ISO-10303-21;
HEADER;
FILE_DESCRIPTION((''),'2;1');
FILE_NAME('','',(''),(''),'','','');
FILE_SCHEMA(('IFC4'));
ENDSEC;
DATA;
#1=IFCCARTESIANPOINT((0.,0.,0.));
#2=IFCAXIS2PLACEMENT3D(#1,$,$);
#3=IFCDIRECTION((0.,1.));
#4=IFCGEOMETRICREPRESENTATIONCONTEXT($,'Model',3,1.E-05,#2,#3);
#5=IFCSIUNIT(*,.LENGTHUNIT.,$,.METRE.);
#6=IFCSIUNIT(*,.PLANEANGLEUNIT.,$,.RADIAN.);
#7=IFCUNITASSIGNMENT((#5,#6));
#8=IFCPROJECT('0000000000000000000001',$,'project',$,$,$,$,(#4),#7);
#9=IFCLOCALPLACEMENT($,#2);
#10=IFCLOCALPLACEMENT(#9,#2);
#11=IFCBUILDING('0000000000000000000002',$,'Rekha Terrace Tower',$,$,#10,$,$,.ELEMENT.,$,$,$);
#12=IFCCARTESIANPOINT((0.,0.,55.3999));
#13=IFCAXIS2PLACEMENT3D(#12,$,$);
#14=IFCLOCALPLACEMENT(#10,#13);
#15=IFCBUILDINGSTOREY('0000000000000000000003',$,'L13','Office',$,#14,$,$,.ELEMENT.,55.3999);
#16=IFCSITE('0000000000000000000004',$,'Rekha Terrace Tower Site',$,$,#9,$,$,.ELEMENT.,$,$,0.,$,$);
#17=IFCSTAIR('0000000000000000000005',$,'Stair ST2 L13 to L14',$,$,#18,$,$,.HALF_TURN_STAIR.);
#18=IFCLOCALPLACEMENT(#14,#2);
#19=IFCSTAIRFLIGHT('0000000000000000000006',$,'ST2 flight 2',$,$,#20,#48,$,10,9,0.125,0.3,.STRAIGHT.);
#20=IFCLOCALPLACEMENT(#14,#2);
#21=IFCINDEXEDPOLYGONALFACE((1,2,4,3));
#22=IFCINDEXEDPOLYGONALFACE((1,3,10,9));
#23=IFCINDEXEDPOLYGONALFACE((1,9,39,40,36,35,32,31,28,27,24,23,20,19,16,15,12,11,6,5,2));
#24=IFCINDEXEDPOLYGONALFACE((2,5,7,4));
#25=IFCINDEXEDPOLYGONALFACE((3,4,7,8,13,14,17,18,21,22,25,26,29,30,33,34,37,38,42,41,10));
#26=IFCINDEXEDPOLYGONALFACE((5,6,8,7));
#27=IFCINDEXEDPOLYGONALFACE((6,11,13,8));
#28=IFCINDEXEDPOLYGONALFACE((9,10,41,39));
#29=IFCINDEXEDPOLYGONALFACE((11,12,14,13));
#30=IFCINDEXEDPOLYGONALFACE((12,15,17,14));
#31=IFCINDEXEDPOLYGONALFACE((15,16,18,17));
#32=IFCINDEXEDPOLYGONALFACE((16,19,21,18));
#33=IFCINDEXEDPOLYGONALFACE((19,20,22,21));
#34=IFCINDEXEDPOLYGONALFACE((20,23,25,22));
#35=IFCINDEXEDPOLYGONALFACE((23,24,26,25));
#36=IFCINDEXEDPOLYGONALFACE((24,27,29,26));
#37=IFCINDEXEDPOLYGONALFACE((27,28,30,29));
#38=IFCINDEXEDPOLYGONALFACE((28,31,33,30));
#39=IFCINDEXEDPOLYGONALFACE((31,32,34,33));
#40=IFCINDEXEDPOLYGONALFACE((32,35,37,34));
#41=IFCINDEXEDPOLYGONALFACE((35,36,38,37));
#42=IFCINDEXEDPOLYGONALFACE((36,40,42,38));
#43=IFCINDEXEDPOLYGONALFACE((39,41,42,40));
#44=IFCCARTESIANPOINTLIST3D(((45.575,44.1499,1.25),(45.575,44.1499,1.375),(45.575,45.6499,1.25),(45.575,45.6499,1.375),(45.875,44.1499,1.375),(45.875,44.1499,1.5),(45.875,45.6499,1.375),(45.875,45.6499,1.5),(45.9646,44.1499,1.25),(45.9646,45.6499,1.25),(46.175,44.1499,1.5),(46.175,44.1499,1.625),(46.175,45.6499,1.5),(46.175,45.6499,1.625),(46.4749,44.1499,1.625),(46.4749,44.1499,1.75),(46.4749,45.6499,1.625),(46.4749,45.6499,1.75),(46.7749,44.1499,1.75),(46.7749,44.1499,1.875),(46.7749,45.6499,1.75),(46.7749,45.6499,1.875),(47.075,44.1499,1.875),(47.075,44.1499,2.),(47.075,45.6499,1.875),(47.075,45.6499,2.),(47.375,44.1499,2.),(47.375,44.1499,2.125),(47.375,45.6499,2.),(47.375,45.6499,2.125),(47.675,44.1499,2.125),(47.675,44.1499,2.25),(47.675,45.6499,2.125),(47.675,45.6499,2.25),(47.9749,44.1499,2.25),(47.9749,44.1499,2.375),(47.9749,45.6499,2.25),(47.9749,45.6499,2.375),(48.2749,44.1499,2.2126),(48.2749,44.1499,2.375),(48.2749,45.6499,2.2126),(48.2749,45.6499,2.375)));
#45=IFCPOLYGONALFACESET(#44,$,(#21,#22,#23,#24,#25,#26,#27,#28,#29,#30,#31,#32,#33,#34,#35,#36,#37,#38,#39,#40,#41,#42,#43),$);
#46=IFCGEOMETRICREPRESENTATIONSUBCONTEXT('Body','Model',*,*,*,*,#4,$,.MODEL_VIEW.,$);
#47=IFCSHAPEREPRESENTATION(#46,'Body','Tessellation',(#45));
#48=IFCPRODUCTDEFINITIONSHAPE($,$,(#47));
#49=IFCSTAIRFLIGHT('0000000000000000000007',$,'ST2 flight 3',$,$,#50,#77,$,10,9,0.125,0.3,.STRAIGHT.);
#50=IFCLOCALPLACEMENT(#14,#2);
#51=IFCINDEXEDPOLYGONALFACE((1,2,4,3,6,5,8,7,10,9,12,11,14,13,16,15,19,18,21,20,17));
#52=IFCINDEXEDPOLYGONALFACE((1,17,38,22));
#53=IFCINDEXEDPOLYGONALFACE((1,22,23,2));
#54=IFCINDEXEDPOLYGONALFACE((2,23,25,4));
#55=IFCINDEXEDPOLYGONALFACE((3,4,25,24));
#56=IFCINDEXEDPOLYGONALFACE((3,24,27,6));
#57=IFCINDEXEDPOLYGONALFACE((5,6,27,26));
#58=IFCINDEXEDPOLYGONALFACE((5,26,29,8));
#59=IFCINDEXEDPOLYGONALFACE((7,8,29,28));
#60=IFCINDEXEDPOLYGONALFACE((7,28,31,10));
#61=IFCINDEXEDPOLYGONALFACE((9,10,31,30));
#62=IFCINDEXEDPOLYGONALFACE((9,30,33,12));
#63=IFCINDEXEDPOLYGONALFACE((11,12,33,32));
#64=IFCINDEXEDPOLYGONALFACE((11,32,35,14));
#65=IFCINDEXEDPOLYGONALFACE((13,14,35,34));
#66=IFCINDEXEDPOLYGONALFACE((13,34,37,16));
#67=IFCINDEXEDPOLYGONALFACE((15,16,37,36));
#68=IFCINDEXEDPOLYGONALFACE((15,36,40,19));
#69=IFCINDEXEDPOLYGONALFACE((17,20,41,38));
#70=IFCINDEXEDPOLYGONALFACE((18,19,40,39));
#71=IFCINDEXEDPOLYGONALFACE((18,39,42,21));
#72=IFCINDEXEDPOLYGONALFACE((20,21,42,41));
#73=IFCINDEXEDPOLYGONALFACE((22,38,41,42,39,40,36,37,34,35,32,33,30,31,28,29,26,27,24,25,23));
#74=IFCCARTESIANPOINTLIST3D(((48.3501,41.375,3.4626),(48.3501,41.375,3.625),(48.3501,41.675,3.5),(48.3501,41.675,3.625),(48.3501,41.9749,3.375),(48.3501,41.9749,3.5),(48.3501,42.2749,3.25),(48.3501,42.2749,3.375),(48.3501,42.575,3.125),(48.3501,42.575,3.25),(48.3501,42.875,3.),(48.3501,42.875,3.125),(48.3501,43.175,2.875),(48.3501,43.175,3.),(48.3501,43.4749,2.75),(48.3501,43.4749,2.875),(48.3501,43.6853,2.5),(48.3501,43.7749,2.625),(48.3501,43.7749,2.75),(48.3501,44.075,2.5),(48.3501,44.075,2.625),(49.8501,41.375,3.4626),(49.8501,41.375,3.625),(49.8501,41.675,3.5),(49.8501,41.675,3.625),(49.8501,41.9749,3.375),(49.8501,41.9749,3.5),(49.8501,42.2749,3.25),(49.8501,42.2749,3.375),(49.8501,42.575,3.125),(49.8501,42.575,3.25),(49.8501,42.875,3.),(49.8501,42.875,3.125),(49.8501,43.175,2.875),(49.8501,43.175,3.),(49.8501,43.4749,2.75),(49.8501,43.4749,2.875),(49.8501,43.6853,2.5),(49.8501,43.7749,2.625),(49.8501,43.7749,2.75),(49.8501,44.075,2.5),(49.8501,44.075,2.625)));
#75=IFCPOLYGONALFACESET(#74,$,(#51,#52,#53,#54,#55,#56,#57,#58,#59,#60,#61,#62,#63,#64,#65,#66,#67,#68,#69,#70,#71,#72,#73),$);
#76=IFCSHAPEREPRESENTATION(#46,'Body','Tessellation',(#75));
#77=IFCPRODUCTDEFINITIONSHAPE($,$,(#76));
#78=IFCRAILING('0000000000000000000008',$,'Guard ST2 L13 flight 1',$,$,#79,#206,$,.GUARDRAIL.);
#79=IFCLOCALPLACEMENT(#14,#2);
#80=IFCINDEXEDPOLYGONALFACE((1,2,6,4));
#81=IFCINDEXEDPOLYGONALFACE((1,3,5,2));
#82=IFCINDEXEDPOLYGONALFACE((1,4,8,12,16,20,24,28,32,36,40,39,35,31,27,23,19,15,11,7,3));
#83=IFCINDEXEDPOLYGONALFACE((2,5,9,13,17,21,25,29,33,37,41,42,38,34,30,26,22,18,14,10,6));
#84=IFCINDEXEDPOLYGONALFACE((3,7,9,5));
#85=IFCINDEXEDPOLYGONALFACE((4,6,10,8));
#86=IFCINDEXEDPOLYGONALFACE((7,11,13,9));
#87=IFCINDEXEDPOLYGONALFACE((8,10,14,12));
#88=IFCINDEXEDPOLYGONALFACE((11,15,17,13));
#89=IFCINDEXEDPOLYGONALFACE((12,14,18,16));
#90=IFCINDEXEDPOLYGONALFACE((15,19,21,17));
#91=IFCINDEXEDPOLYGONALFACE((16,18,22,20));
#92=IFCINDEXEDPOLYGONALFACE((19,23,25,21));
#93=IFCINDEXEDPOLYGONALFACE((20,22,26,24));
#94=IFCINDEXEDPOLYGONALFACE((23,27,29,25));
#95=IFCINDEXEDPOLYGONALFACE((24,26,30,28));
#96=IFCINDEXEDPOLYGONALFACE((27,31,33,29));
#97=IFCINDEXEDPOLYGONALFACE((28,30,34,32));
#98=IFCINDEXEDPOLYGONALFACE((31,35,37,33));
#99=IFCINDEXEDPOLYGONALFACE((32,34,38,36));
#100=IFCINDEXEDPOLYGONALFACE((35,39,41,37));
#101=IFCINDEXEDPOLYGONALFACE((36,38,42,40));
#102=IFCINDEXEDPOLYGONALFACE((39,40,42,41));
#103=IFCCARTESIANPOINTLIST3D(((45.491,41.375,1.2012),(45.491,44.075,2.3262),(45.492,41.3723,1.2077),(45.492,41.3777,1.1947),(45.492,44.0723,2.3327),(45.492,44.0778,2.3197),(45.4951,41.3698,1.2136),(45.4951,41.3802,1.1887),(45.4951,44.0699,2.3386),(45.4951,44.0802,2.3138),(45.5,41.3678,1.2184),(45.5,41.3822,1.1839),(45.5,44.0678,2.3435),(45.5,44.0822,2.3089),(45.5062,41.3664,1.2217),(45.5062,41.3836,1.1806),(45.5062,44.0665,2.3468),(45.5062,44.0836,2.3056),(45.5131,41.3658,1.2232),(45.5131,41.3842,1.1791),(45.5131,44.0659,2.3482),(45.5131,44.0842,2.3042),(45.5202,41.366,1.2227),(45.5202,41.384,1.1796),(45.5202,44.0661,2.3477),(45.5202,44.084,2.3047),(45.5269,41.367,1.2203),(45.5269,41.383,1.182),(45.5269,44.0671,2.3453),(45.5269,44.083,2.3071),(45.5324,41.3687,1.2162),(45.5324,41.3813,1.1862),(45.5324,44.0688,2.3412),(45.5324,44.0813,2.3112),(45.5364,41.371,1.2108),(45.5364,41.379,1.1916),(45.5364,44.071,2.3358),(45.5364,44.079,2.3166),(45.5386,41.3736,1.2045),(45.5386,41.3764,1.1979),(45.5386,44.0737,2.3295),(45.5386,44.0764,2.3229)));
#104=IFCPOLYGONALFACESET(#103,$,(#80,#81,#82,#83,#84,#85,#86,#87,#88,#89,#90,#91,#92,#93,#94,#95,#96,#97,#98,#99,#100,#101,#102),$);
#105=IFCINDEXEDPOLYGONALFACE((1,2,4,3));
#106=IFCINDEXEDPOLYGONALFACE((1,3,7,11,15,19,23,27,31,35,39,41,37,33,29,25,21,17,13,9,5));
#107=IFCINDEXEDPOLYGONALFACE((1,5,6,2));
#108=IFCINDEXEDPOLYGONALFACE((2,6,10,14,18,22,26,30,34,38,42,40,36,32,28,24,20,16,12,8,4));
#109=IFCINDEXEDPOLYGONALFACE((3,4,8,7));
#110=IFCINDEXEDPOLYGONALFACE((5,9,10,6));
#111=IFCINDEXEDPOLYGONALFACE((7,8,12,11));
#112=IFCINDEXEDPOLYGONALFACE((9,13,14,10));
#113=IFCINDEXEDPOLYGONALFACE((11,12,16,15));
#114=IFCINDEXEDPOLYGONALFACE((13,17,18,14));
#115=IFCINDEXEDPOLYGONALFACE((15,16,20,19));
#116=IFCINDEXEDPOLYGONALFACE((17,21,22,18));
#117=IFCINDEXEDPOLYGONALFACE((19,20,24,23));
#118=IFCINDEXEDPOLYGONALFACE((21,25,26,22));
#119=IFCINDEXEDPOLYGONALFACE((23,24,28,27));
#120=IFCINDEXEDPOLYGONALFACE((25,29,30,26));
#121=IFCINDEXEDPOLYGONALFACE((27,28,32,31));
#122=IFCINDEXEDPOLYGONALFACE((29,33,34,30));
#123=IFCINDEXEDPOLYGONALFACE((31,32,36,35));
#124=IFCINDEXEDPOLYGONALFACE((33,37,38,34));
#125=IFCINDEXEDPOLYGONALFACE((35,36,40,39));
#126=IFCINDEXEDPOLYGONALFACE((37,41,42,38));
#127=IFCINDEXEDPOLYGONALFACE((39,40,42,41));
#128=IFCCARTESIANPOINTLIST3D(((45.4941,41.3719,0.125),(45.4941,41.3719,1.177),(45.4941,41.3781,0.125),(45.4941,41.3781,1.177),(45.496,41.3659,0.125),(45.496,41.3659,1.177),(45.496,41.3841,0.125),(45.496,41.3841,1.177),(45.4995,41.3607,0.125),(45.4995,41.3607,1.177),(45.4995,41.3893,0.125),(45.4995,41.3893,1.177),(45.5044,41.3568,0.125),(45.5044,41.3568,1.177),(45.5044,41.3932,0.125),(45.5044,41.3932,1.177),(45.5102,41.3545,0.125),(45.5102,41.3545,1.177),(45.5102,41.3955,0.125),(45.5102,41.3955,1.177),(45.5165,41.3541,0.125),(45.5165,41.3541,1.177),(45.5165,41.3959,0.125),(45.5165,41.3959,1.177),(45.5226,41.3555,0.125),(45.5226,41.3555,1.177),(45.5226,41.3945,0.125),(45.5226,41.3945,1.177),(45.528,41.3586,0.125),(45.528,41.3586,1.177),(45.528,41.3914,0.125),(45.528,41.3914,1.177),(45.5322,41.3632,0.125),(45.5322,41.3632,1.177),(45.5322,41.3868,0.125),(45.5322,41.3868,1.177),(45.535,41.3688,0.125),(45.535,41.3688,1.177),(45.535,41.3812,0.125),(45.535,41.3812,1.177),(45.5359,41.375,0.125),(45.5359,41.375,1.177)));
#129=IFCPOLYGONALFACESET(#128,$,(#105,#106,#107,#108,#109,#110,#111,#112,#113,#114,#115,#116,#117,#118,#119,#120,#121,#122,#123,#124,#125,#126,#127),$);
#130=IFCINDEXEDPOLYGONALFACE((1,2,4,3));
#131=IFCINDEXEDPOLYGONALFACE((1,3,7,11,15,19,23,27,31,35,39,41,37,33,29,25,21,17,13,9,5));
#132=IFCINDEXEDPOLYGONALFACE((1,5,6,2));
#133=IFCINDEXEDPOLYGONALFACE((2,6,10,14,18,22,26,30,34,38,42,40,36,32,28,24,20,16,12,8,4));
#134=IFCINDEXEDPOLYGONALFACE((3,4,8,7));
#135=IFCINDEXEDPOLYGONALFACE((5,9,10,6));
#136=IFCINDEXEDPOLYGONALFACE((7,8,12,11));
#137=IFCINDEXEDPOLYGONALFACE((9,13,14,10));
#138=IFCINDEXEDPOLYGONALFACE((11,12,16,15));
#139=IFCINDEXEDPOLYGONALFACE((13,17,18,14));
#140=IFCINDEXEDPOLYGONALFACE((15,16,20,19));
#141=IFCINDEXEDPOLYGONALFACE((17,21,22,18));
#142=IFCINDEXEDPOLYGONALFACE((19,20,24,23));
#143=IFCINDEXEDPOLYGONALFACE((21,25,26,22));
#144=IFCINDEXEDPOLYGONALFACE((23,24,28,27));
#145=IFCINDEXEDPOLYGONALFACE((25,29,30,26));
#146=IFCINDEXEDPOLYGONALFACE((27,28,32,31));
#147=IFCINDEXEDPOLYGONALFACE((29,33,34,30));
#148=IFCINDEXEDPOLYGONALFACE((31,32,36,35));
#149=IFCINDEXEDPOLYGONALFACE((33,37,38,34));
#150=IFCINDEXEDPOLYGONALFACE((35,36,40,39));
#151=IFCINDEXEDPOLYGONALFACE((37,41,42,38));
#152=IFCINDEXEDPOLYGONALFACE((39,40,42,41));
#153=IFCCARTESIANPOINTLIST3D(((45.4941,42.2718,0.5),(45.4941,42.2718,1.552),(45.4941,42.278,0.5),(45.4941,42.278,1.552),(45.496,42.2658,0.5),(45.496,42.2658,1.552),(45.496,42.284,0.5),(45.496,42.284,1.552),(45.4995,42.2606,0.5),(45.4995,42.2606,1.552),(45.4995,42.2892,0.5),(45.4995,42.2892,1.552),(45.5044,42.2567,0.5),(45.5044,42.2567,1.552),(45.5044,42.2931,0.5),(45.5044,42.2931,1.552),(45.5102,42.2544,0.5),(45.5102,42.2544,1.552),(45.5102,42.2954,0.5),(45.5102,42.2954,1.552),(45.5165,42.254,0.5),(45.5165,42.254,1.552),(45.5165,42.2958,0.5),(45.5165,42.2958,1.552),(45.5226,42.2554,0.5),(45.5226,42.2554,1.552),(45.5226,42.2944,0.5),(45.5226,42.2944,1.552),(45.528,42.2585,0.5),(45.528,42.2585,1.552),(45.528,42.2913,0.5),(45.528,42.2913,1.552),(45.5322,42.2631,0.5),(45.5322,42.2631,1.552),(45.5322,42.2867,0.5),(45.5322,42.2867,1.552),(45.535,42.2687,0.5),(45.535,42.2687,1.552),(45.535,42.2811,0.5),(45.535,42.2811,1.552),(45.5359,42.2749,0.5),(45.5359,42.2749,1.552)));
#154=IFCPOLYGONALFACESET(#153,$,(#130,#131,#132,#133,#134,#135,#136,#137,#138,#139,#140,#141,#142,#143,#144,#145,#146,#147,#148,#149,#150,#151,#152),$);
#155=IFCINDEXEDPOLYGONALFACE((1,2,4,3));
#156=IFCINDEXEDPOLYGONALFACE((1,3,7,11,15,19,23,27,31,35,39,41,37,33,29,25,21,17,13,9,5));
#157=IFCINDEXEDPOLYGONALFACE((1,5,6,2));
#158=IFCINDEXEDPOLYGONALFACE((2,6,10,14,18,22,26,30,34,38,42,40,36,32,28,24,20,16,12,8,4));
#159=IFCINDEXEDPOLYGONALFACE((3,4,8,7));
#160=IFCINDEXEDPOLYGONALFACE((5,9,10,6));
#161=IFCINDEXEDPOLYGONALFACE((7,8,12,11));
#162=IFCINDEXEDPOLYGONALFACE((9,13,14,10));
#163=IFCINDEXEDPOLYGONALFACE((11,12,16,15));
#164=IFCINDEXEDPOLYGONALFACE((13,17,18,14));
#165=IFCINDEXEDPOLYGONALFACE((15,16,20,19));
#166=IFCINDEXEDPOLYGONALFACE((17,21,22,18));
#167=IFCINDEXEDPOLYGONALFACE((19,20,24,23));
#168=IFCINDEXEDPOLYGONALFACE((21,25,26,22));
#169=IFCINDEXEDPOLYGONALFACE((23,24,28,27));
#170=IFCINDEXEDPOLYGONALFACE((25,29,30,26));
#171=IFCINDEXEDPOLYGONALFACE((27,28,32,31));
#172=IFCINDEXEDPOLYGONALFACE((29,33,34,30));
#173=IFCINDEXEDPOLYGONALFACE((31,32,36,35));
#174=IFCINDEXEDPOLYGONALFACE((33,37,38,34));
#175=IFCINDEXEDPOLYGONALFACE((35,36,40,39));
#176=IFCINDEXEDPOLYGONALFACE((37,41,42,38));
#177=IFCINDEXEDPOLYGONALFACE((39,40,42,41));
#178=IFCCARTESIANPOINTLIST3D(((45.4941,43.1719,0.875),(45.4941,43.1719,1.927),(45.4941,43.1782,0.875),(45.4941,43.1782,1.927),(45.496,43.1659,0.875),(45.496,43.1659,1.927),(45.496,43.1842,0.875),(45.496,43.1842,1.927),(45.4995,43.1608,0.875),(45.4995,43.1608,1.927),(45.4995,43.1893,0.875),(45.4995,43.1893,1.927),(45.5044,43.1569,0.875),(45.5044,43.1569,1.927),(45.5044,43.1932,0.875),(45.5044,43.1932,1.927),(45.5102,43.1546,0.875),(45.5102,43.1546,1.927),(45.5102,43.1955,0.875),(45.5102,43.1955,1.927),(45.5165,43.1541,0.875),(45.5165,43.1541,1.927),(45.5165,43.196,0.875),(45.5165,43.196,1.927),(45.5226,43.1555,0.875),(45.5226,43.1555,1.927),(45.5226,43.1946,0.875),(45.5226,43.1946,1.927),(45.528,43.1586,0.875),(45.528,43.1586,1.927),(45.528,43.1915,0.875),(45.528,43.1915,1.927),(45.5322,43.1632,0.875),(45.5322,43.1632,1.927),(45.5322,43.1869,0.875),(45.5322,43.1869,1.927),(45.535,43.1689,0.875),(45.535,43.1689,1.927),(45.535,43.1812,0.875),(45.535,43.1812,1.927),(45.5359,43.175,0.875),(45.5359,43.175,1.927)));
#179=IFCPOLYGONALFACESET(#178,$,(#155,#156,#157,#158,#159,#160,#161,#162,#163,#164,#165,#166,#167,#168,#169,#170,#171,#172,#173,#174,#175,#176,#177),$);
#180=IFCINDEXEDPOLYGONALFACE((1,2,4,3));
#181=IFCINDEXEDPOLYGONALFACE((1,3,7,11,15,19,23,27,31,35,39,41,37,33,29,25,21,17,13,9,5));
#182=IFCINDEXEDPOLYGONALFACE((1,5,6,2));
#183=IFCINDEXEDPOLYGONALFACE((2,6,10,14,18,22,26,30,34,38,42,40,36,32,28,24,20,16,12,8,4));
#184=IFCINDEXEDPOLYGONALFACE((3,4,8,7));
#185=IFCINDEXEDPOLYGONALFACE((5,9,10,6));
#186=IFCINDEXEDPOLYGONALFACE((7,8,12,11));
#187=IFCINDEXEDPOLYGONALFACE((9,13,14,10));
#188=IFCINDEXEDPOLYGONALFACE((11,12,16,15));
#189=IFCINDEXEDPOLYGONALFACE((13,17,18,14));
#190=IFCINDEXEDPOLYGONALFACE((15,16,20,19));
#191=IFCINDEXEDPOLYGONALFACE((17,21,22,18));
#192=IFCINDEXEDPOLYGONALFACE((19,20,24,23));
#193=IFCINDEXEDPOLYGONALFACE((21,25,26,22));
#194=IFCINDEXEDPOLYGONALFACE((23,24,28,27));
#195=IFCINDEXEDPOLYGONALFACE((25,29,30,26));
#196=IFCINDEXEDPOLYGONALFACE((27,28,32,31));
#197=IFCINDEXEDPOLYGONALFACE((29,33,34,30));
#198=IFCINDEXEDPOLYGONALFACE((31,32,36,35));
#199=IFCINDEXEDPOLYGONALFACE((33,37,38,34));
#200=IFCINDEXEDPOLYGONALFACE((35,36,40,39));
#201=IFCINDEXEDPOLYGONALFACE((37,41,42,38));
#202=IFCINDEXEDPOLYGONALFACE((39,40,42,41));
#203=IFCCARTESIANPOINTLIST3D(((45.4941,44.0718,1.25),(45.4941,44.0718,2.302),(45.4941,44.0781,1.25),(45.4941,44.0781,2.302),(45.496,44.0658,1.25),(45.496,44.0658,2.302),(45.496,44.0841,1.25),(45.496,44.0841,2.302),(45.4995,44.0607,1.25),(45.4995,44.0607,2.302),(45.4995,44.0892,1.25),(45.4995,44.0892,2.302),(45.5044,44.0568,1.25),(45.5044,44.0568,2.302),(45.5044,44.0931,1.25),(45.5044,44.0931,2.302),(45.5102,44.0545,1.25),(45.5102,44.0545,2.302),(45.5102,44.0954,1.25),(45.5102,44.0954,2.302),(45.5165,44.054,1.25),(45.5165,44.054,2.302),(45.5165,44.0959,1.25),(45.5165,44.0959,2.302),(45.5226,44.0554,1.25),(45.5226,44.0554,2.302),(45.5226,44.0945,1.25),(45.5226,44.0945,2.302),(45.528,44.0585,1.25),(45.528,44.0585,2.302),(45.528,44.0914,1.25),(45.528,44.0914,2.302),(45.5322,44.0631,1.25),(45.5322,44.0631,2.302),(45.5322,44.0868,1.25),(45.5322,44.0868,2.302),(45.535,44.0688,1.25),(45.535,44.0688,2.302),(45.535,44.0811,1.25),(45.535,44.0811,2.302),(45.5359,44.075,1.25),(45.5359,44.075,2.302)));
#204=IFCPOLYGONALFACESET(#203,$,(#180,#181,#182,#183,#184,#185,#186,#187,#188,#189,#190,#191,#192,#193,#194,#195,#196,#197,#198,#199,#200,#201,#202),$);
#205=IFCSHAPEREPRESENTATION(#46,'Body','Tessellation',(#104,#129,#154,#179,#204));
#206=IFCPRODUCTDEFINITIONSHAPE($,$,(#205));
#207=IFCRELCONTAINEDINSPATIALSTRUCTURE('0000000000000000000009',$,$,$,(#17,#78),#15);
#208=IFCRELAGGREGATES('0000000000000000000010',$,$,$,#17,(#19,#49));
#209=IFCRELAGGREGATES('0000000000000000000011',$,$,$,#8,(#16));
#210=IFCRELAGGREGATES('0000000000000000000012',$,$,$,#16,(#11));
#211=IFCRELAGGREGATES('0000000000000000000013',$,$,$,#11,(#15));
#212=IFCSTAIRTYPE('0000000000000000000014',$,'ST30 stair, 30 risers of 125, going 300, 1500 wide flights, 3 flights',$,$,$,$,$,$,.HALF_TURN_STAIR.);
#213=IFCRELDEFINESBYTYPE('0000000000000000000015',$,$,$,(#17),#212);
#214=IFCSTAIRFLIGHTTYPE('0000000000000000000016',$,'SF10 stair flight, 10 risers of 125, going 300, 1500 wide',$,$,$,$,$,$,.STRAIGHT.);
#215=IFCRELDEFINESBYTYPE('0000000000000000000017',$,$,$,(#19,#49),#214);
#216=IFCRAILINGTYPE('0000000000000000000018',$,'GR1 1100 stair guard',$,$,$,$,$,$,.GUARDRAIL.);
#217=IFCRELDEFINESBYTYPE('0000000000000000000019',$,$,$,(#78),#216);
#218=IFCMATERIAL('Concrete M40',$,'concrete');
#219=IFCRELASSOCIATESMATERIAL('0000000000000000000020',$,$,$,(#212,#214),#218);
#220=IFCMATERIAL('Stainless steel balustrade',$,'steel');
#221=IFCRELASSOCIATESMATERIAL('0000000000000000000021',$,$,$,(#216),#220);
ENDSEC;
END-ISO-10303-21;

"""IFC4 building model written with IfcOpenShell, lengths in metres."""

from ifc_helpers import new_model, si_unit, direction, frame, origin, origin_2d, place, context, subcontext, project, spatial, polyline, circle, outline, extrude, material, type_object, element, aggregate, save


model = new_model("IFC4")

# Units and contexts
model_context = context("Model", 3, precision=1e-05, world=origin(), true_north=direction((0.0, 1.0)))
body_context = subcontext(model_context, "Body", "Model", "MODEL_VIEW")
ifc_project = project(units=[si_unit("LENGTHUNIT", "METRE"), si_unit("PLANEANGLEUNIT", "RADIAN")], contexts=[model_context])

# Site, building, storey
site_placement = place(None, origin())
site = spatial("IfcSite", under=ifc_project, at=site_placement, Name="Rekha Terrace Tower Site", CompositionType="ELEMENT", RefElevation=0.0)
building_placement = place(site_placement, origin())
building = spatial("IfcBuilding", under=site, at=building_placement, Name="Rekha Terrace Tower", CompositionType="ELEMENT")
storey_placement = place(building_placement, frame((0.0, 0.0, 55.3999)))
storey = spatial("IfcBuildingStorey", under=building, at=storey_placement, Name="L13", Description="Office", CompositionType="ELEMENT", Elevation=55.3999)

# Stair, stair flights
ifc_material_1 = material(Name="Concrete M40", Category="concrete")
stair_type = type_object("IfcStairType", Name="ST30 stair, 30 risers of 125, going 300, 1500 wide flights, 3 flights", PredefinedType="HALF_TURN_STAIR", material=ifc_material_1)
stair_placement = place(storey_placement, origin())
stair = element("IfcStair", 1, at=stair_placement, inside=storey, type_object=stair_type, Name="Stair ST2 L13 to L14", PredefinedType="HALF_TURN_STAIR")
stair_flight_type = type_object("IfcStairFlightType", Name="SF10 stair flight, 10 risers of 125, going 300, 1500 wide", PredefinedType="STRAIGHT", material=ifc_material_1)
stair_flight_1_placement = place(storey_placement, frame((45.575, 44.8999, 1.25), z_axis=(0.0, 0.0, 1.0), x_axis=(1.0, 0.0, 0.0)))
stair_flight_1 = element("IfcStairFlight", 2, at=stair_flight_1_placement, type_object=stair_flight_type, Name="ST2 flight 2", NumberOfRisers=10, NumberOfTreads=9, PredefinedType="STRAIGHT", RiserHeight=0.125, TreadLength=0.3, context=body_context, shape_type="SweptSolid", body=[
    extrude(outline(polyline([(0.0, 0.0), (0.0, 0.125), (0.3, 0.125), (0.3, 0.25), (0.6001, 0.25), (0.6001, 0.375), (0.8999, 0.375), (0.8999, 0.5), (1.2, 0.5), (1.2, 0.625), (1.5, 0.625), (1.5, 0.75), (1.8, 0.75), (1.8, 0.875), (2.1001, 0.875), (2.1001, 1.0), (2.3999, 1.0), (2.3999, 1.125), (2.7, 1.125), (2.7, 1.25), (2.7, 0.9626), (0.3896, 0.0), (0.0, 0.0)])), frame((0.0, 0.75, 0.0), z_axis=(0.0, -1.0, 0.0), x_axis=(1.0, 0.0, 0.0)), (0.0, 0.0, 1.0), 1.5),
])
stair_flight_2_placement = place(storey_placement, frame((49.1001, 44.075, 2.5), z_axis=(0.0, 0.0, 1.0), x_axis=(0.0, -1.0, 0.0)))
stair_flight_2 = element("IfcStairFlight", 3, at=stair_flight_2_placement, type_object=stair_flight_type, Name="ST2 flight 3", NumberOfRisers=10, NumberOfTreads=9, PredefinedType="STRAIGHT", RiserHeight=0.125, TreadLength=0.3, context=body_context, shape_type="SweptSolid", body=[
    extrude(outline(polyline([(0.0, 0.0), (0.0, 0.125), (0.3, 0.125), (0.3, 0.25), (0.6001, 0.25), (0.6001, 0.375), (0.8999, 0.375), (0.8999, 0.5), (1.2, 0.5), (1.2, 0.625), (1.5, 0.625), (1.5, 0.75), (1.8, 0.75), (1.8, 0.875), (2.1001, 0.875), (2.1001, 1.0), (2.3999, 1.0), (2.3999, 1.125), (2.7, 1.125), (2.7, 1.25), (2.7, 0.9626), (0.3896, 0.0), (0.0, 0.0)])), frame((0.0, 0.75, 0.0), z_axis=(0.0, -1.0, 0.0), x_axis=(1.0, 0.0, 0.0)), (0.0, 0.0, 1.0), 1.5),
])
aggregate(stair, [stair_flight_1, stair_flight_2])

# Railing
ifc_material_2 = material(Name="Stainless steel balustrade", Category="steel")
railing_type_1 = type_object("IfcRailingType", Name="GR1 1100 stair guard", PredefinedType="GUARDRAIL", material=ifc_material_2)
railing_1_placement = place(storey_placement, frame((45.5149, 41.375, 0.125)))
element("IfcRailing", 4, at=railing_1_placement, inside=storey, type_object=railing_type_1, Name="Guard ST2 L13 flight 1", PredefinedType="GUARDRAIL", context=body_context, shape_type="SweptSolid", body=[
    extrude(circle(Radius=0.0239, at=origin_2d()), frame((0.0, 0.0, 1.0762), z_axis=(0.0, 0.923074, 0.384621), x_axis=(-1.0, 0.0, 0.0)), (0.0, 0.0, 1.0), 2.925),
    extrude(circle(Radius=0.021, at=origin_2d()), origin(), (0.0, 0.0, 1.0), 1.052),
    extrude(circle(Radius=0.021, at=origin_2d()), frame((0.0, 0.8999, 0.375)), (0.0, 0.0, 1.0), 1.052),
    extrude(circle(Radius=0.021, at=origin_2d()), frame((0.0, 1.8, 0.75)), (0.0, 0.0, 1.0), 1.052),
    extrude(circle(Radius=0.021, at=origin_2d()), frame((0.0, 2.7, 1.125)), (0.0, 0.0, 1.0), 1.052),
])

save(model, "model.ifc")
